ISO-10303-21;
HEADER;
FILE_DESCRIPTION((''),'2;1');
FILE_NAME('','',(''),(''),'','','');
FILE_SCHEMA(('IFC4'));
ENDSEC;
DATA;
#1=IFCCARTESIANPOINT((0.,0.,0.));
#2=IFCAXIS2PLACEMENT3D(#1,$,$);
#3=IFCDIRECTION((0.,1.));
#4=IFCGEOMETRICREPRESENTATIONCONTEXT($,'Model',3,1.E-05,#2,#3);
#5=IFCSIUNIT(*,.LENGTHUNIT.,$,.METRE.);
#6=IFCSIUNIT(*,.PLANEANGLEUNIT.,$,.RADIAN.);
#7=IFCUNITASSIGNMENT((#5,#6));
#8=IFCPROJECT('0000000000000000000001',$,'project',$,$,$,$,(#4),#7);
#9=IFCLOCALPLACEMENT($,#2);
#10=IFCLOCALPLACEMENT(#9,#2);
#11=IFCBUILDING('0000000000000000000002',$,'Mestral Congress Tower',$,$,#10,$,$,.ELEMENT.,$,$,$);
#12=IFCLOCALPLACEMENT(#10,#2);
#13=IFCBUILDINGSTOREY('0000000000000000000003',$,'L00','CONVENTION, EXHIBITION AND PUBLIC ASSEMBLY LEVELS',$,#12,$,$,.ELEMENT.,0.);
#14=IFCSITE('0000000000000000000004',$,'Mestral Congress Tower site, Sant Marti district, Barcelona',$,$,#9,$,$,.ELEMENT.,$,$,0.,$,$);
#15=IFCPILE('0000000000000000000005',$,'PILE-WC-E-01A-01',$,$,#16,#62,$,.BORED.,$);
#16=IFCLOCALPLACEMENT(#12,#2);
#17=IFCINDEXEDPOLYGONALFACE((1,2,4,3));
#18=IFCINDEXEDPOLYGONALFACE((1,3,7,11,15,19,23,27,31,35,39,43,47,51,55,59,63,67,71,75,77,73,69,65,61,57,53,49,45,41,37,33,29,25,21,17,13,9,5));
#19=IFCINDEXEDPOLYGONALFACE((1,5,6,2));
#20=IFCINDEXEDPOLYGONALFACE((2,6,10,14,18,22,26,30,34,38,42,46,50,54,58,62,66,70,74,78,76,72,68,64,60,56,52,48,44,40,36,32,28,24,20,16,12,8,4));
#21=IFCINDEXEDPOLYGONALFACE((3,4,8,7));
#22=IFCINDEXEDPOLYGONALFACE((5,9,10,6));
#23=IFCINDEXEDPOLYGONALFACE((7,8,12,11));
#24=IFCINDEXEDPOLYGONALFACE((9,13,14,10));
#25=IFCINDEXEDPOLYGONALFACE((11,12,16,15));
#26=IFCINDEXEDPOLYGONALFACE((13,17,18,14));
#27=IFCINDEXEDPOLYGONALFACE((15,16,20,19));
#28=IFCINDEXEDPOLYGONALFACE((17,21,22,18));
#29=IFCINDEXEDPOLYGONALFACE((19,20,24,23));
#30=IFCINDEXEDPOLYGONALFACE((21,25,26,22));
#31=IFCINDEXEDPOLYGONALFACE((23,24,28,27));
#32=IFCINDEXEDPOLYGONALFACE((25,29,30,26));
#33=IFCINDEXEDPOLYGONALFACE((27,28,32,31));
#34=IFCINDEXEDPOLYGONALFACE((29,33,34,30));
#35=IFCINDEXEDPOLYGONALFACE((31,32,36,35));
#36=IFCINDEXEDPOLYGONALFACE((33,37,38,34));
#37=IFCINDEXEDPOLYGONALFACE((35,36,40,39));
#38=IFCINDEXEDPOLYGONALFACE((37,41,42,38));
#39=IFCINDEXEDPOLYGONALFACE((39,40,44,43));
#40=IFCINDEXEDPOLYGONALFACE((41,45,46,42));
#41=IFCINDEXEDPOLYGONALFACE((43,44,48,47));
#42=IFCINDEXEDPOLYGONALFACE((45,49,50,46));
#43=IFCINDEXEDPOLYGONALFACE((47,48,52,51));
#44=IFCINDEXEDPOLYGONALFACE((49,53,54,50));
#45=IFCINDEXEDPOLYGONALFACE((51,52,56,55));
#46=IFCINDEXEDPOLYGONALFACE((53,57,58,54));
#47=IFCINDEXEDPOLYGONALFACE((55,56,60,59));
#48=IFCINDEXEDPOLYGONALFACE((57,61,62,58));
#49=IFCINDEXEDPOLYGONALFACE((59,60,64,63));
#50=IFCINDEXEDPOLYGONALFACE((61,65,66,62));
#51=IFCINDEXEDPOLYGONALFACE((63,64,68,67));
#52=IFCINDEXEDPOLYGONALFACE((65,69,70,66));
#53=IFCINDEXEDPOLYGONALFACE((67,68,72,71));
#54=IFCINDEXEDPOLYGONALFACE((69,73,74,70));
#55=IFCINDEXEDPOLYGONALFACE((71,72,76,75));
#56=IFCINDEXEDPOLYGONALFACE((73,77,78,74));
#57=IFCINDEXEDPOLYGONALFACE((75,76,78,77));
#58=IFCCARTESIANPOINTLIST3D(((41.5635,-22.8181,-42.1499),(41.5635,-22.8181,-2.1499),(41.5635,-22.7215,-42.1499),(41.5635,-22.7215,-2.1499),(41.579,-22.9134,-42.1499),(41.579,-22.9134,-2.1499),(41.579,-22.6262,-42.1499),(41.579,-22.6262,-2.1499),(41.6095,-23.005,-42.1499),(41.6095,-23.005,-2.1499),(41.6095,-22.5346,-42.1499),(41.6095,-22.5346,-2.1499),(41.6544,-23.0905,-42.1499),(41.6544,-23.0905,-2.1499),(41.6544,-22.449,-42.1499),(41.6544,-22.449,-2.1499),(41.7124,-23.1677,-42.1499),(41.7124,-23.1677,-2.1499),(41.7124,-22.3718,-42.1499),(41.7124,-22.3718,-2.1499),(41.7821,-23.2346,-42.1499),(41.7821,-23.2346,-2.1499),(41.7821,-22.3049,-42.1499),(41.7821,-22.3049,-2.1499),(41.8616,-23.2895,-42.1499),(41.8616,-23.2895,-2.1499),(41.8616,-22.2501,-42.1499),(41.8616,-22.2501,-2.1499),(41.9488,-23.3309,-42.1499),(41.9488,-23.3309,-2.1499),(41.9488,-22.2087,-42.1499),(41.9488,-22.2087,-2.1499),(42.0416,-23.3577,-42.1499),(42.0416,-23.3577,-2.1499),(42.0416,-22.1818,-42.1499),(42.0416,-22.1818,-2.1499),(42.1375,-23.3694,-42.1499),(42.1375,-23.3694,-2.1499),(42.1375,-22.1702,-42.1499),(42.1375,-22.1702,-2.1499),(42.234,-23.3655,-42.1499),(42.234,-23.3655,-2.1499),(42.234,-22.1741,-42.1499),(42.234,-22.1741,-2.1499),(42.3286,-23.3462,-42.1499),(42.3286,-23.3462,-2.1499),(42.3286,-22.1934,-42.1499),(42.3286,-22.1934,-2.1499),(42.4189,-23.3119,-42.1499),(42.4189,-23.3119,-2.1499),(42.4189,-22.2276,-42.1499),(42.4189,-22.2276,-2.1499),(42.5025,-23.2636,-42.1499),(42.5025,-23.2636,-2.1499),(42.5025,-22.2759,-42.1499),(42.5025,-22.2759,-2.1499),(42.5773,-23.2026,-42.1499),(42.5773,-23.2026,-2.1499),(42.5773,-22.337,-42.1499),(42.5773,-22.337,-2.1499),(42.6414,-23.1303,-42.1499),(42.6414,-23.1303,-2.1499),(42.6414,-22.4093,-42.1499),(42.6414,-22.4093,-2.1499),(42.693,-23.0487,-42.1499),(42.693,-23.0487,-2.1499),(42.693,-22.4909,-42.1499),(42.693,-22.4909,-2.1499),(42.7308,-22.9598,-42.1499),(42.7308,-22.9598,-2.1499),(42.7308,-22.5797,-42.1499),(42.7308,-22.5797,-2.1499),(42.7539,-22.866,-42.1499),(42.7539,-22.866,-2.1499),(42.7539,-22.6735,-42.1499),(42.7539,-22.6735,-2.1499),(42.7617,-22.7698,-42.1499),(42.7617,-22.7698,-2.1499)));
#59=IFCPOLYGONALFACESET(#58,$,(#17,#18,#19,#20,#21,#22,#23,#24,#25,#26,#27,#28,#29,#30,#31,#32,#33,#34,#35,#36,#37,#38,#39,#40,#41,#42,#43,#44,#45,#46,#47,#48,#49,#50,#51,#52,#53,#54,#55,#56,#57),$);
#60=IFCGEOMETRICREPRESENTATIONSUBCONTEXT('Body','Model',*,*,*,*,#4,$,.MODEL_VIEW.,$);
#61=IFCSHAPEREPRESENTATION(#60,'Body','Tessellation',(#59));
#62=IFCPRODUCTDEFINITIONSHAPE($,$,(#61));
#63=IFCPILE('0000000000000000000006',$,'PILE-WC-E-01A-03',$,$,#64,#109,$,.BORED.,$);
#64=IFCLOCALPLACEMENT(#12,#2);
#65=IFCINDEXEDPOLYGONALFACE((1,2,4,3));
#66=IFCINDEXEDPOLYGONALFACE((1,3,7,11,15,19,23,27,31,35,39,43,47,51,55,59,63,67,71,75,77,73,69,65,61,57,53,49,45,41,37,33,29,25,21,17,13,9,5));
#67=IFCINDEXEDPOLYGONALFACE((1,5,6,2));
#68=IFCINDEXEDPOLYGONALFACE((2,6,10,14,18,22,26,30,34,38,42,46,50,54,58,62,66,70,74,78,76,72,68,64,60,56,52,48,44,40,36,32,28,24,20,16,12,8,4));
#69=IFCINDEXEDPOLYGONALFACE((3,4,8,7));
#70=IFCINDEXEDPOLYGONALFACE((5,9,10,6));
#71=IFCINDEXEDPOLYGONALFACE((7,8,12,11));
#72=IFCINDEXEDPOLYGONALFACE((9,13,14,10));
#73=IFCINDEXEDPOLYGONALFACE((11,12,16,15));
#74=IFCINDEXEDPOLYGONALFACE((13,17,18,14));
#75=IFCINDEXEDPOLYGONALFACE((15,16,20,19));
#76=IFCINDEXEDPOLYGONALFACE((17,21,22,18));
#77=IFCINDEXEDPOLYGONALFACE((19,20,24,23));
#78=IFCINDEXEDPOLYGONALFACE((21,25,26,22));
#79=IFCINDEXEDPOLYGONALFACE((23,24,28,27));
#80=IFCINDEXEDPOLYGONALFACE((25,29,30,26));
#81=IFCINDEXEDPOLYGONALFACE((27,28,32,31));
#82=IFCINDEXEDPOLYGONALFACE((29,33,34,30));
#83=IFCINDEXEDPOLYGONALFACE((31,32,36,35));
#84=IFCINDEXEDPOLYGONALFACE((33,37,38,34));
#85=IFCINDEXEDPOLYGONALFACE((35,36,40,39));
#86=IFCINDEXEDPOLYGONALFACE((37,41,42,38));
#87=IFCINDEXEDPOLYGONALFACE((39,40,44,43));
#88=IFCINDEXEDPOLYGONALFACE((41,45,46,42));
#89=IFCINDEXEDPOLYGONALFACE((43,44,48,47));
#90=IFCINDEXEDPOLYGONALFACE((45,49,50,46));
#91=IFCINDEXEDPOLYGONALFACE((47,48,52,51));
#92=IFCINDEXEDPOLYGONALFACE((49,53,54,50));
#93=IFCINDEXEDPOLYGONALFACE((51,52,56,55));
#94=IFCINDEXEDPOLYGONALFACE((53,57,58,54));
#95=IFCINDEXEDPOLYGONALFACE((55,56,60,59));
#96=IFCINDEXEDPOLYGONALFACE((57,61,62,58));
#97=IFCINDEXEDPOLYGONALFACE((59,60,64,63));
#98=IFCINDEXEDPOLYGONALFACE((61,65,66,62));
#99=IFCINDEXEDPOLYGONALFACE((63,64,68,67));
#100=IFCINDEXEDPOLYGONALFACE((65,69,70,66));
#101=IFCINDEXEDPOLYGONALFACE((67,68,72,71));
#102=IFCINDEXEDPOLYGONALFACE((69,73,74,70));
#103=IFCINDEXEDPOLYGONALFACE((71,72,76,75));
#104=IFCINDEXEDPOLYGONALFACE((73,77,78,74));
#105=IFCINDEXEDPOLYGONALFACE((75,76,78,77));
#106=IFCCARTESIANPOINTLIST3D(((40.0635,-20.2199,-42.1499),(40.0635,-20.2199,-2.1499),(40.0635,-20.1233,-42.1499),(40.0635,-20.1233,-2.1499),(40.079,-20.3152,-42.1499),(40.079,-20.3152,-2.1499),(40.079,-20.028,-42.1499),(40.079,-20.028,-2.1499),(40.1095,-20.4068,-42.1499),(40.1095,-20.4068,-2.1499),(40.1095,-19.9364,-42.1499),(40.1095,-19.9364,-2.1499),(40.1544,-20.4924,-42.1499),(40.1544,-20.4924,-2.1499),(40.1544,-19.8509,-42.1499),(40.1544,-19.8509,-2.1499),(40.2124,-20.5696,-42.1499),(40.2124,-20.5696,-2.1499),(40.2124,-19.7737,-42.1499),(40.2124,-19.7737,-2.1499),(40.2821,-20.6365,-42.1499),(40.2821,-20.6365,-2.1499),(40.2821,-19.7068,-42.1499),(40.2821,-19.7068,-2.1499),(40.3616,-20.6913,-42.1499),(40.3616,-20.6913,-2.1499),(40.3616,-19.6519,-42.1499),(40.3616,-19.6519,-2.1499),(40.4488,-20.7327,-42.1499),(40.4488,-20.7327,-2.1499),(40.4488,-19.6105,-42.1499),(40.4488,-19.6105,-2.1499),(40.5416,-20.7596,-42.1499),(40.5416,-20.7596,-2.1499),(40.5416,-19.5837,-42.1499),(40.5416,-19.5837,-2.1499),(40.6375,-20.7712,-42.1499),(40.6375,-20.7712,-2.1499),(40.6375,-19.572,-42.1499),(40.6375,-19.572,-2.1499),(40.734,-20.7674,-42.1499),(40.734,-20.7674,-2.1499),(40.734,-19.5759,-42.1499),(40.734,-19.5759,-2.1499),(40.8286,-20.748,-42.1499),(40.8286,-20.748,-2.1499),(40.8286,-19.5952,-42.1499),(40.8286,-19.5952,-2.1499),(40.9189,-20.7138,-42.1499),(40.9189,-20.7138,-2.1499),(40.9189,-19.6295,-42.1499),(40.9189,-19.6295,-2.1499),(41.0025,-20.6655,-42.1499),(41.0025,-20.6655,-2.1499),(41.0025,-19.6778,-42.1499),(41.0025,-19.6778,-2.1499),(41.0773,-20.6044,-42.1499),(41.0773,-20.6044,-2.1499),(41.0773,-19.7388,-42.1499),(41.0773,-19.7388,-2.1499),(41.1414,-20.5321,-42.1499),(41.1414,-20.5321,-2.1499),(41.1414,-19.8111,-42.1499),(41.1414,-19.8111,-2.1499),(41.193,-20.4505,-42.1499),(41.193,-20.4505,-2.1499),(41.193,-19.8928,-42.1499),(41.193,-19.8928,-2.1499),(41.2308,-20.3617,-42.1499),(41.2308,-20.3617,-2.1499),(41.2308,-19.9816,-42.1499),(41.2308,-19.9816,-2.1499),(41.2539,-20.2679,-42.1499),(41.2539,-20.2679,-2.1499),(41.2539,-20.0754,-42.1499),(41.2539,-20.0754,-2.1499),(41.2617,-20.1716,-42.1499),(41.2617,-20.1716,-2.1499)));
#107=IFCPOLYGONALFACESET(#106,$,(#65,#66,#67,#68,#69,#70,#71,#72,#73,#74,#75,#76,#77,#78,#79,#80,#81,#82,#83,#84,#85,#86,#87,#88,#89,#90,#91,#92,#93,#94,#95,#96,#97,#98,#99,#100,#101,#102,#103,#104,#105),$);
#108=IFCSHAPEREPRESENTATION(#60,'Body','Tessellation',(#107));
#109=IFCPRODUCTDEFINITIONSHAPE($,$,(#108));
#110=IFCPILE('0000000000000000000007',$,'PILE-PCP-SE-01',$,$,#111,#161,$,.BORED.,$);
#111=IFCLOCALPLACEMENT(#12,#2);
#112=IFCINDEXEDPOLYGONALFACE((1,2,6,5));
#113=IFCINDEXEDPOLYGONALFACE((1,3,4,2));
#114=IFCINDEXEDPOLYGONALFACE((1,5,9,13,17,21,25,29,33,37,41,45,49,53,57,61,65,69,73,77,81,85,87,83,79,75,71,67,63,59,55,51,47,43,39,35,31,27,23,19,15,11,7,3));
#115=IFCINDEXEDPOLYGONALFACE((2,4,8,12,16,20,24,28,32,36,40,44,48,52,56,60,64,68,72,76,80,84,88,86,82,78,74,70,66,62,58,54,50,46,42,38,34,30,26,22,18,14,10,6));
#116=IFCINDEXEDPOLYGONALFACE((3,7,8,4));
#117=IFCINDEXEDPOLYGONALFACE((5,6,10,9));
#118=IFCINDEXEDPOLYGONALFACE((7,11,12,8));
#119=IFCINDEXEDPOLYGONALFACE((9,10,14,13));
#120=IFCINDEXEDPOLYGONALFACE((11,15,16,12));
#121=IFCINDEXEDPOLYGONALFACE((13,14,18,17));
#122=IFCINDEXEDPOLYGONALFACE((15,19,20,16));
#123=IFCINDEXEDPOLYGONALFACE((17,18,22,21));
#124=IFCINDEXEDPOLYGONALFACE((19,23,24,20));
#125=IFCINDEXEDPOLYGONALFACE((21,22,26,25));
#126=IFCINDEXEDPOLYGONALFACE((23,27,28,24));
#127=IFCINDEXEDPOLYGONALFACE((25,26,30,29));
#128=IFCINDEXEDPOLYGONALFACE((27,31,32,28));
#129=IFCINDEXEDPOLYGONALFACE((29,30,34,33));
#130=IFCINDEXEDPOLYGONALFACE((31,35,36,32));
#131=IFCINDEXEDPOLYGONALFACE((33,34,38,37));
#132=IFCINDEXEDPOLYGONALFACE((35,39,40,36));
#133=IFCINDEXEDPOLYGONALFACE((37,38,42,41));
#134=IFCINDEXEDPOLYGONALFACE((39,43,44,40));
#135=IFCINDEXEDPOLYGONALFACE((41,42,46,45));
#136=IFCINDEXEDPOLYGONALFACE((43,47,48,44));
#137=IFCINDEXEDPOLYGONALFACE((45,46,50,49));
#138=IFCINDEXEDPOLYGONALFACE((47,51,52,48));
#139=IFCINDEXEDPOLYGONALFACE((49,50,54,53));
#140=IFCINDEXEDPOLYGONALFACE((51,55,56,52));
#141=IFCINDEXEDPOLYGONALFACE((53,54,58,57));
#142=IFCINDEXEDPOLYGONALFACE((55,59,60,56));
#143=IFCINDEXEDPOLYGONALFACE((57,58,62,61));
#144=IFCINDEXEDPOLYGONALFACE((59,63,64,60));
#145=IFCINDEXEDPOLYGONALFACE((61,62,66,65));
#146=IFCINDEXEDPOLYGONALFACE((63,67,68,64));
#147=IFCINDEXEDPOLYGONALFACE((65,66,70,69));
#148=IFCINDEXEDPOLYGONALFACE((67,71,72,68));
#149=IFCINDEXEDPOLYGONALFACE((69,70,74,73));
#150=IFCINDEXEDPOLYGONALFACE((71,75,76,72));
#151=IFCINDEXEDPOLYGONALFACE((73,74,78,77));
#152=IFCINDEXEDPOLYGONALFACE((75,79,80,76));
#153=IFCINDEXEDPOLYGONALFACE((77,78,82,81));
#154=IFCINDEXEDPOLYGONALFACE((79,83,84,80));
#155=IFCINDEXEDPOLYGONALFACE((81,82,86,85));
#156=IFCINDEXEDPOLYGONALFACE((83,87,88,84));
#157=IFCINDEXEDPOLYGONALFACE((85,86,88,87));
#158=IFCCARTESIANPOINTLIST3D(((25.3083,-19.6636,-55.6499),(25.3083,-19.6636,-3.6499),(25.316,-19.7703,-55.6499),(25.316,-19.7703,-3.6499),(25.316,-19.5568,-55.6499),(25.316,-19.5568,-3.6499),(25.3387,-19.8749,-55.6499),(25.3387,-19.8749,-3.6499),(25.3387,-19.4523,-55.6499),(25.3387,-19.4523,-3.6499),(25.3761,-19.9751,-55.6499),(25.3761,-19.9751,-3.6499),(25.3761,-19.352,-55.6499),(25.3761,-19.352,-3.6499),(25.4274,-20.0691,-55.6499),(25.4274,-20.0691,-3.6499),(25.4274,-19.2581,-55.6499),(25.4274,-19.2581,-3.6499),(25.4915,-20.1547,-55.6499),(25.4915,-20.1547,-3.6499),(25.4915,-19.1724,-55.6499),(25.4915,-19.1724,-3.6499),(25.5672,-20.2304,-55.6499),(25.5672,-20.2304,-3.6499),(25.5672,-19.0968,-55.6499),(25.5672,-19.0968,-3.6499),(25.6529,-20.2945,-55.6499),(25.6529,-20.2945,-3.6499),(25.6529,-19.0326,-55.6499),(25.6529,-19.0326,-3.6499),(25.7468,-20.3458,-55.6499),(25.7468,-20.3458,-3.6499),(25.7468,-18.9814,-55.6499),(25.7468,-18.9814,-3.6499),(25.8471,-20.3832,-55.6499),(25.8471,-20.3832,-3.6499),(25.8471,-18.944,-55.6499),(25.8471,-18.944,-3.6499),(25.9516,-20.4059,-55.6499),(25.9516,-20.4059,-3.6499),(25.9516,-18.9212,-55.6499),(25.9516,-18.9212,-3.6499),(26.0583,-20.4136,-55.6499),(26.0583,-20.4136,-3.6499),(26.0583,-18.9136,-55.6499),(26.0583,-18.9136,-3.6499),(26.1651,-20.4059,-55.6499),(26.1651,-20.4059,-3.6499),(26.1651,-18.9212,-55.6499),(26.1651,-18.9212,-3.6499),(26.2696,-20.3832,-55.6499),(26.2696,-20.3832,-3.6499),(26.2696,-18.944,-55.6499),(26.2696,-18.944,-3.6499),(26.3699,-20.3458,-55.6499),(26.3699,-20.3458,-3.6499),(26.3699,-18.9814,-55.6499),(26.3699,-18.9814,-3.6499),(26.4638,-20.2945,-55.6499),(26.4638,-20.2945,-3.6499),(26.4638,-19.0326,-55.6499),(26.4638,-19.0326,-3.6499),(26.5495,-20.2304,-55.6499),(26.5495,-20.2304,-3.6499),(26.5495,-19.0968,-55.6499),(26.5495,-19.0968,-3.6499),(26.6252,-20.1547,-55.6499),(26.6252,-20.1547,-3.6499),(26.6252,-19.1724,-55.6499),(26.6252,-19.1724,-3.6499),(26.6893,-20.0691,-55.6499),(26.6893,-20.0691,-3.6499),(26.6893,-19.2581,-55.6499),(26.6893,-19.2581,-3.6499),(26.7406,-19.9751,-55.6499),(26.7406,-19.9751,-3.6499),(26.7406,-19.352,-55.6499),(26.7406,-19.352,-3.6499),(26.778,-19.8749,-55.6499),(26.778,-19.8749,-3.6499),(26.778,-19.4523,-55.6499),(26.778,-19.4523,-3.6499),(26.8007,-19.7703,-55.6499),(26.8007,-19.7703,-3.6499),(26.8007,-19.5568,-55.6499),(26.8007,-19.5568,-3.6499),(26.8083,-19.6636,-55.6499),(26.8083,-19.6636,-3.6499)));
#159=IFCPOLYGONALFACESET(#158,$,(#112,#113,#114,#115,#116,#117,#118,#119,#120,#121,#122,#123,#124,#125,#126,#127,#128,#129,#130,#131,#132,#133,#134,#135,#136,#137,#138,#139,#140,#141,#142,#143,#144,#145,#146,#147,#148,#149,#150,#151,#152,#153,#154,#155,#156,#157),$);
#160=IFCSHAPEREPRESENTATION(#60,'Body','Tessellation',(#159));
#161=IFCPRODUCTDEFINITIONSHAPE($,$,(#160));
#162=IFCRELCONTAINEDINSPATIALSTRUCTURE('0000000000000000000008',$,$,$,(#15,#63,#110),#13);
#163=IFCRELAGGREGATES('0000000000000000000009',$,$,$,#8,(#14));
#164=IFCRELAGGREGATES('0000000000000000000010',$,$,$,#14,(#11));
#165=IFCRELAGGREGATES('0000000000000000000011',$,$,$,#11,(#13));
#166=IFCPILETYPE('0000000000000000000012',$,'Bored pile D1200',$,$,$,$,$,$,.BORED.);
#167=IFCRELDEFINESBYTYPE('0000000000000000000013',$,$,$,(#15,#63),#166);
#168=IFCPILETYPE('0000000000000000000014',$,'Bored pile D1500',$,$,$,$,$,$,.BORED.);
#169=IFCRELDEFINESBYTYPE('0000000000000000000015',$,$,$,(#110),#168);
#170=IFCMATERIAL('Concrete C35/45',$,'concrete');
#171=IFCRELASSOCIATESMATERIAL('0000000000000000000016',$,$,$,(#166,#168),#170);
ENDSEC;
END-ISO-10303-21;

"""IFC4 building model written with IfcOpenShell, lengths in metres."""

from ifc_helpers import new_model, si_unit, direction, frame, origin, origin_2d, place, context, subcontext, project, spatial, circle, extrude, material, material_profile, profile_set, type_object, element, save


model = new_model("IFC4")

# Units and contexts
model_context = context("Model", 3, precision=1e-05, world=origin(), true_north=direction((0.0, 1.0)))
body_context = subcontext(model_context, "Body", "Model", "MODEL_VIEW")
ifc_project = project(units=[si_unit("LENGTHUNIT", "METRE"), si_unit("PLANEANGLEUNIT", "RADIAN")], contexts=[model_context])

# Site, building, storey
site_placement = place(None, origin())
site = spatial("IfcSite", under=ifc_project, at=site_placement, Name="Mestral Congress Tower site, Sant Marti district, Barcelona", CompositionType="ELEMENT", RefElevation=0.0)
building_placement = place(site_placement, origin())
building = spatial("IfcBuilding", under=site, at=building_placement, Name="Mestral Congress Tower", CompositionType="ELEMENT")
storey_placement = place(building_placement, origin())
storey = spatial("IfcBuildingStorey", under=building, at=storey_placement, Name="L00", Description="CONVENTION, EXHIBITION AND PUBLIC ASSEMBLY LEVELS", CompositionType="ELEMENT", Elevation=0.0)

# Piles
ifc_material_1 = material(Name="Concrete C35/45", Category="concrete")
ifc_material_profile_1 = material_profile(ifc_material_1, circle(Radius=0.6001, at=origin_2d()), Name="D1200")
ifc_profile_set_1 = profile_set([ifc_material_profile_1], Name="Concrete C35/45")
pile_type_1 = type_object("IfcPileType", Name="Bored pile D1200", PredefinedType="BORED", material=ifc_profile_set_1)
for number, where, z_axis, x_axis, name in (
    (1, (42.1616, -22.7698, -2.1499), (0.0, 0.0, -1.0), (1.0, 0.0, 0.0), "PILE-WC-E-01A-01"),
    (2, (40.6616, -20.1716, -2.1499), (0.0, 0.0, -1.0), (1.0, 0.0, 0.0), "PILE-WC-E-01A-03"),
):
    element("IfcPile", number, at=place(storey_placement, frame(where, z_axis=z_axis, x_axis=x_axis)), inside=storey, type_object=pile_type_1, Name=name, PredefinedType="BORED", context=body_context, shape_type="SweptSolid", body=[
        extrude(circle(Radius=0.6001, at=origin_2d()), origin(), (0.0, 0.0, 1.0), 40.0),
    ])
ifc_material_profile_2 = material_profile(ifc_material_1, circle(Radius=0.75, at=origin_2d()), Name="D1500")
ifc_profile_set_2 = profile_set([ifc_material_profile_2], Name="Concrete C35/45")
pile_type_2 = type_object("IfcPileType", Name="Bored pile D1500", PredefinedType="BORED", material=ifc_profile_set_2)
for number, where, z_axis, x_axis, name in (
    (3, (26.0583, -19.6636, -3.6499), (0.0, 0.0, -1.0), (1.0, 0.0, 0.0), "PILE-PCP-SE-01"),
):
    element("IfcPile", number, at=place(storey_placement, frame(where, z_axis=z_axis, x_axis=x_axis)), inside=storey, type_object=pile_type_2, Name=name, PredefinedType="BORED", context=body_context, shape_type="SweptSolid", body=[
        extrude(circle(Radius=0.75, at=origin_2d()), origin(), (0.0, 0.0, 1.0), 52.0),
    ])

save(model, "model.ifc")
